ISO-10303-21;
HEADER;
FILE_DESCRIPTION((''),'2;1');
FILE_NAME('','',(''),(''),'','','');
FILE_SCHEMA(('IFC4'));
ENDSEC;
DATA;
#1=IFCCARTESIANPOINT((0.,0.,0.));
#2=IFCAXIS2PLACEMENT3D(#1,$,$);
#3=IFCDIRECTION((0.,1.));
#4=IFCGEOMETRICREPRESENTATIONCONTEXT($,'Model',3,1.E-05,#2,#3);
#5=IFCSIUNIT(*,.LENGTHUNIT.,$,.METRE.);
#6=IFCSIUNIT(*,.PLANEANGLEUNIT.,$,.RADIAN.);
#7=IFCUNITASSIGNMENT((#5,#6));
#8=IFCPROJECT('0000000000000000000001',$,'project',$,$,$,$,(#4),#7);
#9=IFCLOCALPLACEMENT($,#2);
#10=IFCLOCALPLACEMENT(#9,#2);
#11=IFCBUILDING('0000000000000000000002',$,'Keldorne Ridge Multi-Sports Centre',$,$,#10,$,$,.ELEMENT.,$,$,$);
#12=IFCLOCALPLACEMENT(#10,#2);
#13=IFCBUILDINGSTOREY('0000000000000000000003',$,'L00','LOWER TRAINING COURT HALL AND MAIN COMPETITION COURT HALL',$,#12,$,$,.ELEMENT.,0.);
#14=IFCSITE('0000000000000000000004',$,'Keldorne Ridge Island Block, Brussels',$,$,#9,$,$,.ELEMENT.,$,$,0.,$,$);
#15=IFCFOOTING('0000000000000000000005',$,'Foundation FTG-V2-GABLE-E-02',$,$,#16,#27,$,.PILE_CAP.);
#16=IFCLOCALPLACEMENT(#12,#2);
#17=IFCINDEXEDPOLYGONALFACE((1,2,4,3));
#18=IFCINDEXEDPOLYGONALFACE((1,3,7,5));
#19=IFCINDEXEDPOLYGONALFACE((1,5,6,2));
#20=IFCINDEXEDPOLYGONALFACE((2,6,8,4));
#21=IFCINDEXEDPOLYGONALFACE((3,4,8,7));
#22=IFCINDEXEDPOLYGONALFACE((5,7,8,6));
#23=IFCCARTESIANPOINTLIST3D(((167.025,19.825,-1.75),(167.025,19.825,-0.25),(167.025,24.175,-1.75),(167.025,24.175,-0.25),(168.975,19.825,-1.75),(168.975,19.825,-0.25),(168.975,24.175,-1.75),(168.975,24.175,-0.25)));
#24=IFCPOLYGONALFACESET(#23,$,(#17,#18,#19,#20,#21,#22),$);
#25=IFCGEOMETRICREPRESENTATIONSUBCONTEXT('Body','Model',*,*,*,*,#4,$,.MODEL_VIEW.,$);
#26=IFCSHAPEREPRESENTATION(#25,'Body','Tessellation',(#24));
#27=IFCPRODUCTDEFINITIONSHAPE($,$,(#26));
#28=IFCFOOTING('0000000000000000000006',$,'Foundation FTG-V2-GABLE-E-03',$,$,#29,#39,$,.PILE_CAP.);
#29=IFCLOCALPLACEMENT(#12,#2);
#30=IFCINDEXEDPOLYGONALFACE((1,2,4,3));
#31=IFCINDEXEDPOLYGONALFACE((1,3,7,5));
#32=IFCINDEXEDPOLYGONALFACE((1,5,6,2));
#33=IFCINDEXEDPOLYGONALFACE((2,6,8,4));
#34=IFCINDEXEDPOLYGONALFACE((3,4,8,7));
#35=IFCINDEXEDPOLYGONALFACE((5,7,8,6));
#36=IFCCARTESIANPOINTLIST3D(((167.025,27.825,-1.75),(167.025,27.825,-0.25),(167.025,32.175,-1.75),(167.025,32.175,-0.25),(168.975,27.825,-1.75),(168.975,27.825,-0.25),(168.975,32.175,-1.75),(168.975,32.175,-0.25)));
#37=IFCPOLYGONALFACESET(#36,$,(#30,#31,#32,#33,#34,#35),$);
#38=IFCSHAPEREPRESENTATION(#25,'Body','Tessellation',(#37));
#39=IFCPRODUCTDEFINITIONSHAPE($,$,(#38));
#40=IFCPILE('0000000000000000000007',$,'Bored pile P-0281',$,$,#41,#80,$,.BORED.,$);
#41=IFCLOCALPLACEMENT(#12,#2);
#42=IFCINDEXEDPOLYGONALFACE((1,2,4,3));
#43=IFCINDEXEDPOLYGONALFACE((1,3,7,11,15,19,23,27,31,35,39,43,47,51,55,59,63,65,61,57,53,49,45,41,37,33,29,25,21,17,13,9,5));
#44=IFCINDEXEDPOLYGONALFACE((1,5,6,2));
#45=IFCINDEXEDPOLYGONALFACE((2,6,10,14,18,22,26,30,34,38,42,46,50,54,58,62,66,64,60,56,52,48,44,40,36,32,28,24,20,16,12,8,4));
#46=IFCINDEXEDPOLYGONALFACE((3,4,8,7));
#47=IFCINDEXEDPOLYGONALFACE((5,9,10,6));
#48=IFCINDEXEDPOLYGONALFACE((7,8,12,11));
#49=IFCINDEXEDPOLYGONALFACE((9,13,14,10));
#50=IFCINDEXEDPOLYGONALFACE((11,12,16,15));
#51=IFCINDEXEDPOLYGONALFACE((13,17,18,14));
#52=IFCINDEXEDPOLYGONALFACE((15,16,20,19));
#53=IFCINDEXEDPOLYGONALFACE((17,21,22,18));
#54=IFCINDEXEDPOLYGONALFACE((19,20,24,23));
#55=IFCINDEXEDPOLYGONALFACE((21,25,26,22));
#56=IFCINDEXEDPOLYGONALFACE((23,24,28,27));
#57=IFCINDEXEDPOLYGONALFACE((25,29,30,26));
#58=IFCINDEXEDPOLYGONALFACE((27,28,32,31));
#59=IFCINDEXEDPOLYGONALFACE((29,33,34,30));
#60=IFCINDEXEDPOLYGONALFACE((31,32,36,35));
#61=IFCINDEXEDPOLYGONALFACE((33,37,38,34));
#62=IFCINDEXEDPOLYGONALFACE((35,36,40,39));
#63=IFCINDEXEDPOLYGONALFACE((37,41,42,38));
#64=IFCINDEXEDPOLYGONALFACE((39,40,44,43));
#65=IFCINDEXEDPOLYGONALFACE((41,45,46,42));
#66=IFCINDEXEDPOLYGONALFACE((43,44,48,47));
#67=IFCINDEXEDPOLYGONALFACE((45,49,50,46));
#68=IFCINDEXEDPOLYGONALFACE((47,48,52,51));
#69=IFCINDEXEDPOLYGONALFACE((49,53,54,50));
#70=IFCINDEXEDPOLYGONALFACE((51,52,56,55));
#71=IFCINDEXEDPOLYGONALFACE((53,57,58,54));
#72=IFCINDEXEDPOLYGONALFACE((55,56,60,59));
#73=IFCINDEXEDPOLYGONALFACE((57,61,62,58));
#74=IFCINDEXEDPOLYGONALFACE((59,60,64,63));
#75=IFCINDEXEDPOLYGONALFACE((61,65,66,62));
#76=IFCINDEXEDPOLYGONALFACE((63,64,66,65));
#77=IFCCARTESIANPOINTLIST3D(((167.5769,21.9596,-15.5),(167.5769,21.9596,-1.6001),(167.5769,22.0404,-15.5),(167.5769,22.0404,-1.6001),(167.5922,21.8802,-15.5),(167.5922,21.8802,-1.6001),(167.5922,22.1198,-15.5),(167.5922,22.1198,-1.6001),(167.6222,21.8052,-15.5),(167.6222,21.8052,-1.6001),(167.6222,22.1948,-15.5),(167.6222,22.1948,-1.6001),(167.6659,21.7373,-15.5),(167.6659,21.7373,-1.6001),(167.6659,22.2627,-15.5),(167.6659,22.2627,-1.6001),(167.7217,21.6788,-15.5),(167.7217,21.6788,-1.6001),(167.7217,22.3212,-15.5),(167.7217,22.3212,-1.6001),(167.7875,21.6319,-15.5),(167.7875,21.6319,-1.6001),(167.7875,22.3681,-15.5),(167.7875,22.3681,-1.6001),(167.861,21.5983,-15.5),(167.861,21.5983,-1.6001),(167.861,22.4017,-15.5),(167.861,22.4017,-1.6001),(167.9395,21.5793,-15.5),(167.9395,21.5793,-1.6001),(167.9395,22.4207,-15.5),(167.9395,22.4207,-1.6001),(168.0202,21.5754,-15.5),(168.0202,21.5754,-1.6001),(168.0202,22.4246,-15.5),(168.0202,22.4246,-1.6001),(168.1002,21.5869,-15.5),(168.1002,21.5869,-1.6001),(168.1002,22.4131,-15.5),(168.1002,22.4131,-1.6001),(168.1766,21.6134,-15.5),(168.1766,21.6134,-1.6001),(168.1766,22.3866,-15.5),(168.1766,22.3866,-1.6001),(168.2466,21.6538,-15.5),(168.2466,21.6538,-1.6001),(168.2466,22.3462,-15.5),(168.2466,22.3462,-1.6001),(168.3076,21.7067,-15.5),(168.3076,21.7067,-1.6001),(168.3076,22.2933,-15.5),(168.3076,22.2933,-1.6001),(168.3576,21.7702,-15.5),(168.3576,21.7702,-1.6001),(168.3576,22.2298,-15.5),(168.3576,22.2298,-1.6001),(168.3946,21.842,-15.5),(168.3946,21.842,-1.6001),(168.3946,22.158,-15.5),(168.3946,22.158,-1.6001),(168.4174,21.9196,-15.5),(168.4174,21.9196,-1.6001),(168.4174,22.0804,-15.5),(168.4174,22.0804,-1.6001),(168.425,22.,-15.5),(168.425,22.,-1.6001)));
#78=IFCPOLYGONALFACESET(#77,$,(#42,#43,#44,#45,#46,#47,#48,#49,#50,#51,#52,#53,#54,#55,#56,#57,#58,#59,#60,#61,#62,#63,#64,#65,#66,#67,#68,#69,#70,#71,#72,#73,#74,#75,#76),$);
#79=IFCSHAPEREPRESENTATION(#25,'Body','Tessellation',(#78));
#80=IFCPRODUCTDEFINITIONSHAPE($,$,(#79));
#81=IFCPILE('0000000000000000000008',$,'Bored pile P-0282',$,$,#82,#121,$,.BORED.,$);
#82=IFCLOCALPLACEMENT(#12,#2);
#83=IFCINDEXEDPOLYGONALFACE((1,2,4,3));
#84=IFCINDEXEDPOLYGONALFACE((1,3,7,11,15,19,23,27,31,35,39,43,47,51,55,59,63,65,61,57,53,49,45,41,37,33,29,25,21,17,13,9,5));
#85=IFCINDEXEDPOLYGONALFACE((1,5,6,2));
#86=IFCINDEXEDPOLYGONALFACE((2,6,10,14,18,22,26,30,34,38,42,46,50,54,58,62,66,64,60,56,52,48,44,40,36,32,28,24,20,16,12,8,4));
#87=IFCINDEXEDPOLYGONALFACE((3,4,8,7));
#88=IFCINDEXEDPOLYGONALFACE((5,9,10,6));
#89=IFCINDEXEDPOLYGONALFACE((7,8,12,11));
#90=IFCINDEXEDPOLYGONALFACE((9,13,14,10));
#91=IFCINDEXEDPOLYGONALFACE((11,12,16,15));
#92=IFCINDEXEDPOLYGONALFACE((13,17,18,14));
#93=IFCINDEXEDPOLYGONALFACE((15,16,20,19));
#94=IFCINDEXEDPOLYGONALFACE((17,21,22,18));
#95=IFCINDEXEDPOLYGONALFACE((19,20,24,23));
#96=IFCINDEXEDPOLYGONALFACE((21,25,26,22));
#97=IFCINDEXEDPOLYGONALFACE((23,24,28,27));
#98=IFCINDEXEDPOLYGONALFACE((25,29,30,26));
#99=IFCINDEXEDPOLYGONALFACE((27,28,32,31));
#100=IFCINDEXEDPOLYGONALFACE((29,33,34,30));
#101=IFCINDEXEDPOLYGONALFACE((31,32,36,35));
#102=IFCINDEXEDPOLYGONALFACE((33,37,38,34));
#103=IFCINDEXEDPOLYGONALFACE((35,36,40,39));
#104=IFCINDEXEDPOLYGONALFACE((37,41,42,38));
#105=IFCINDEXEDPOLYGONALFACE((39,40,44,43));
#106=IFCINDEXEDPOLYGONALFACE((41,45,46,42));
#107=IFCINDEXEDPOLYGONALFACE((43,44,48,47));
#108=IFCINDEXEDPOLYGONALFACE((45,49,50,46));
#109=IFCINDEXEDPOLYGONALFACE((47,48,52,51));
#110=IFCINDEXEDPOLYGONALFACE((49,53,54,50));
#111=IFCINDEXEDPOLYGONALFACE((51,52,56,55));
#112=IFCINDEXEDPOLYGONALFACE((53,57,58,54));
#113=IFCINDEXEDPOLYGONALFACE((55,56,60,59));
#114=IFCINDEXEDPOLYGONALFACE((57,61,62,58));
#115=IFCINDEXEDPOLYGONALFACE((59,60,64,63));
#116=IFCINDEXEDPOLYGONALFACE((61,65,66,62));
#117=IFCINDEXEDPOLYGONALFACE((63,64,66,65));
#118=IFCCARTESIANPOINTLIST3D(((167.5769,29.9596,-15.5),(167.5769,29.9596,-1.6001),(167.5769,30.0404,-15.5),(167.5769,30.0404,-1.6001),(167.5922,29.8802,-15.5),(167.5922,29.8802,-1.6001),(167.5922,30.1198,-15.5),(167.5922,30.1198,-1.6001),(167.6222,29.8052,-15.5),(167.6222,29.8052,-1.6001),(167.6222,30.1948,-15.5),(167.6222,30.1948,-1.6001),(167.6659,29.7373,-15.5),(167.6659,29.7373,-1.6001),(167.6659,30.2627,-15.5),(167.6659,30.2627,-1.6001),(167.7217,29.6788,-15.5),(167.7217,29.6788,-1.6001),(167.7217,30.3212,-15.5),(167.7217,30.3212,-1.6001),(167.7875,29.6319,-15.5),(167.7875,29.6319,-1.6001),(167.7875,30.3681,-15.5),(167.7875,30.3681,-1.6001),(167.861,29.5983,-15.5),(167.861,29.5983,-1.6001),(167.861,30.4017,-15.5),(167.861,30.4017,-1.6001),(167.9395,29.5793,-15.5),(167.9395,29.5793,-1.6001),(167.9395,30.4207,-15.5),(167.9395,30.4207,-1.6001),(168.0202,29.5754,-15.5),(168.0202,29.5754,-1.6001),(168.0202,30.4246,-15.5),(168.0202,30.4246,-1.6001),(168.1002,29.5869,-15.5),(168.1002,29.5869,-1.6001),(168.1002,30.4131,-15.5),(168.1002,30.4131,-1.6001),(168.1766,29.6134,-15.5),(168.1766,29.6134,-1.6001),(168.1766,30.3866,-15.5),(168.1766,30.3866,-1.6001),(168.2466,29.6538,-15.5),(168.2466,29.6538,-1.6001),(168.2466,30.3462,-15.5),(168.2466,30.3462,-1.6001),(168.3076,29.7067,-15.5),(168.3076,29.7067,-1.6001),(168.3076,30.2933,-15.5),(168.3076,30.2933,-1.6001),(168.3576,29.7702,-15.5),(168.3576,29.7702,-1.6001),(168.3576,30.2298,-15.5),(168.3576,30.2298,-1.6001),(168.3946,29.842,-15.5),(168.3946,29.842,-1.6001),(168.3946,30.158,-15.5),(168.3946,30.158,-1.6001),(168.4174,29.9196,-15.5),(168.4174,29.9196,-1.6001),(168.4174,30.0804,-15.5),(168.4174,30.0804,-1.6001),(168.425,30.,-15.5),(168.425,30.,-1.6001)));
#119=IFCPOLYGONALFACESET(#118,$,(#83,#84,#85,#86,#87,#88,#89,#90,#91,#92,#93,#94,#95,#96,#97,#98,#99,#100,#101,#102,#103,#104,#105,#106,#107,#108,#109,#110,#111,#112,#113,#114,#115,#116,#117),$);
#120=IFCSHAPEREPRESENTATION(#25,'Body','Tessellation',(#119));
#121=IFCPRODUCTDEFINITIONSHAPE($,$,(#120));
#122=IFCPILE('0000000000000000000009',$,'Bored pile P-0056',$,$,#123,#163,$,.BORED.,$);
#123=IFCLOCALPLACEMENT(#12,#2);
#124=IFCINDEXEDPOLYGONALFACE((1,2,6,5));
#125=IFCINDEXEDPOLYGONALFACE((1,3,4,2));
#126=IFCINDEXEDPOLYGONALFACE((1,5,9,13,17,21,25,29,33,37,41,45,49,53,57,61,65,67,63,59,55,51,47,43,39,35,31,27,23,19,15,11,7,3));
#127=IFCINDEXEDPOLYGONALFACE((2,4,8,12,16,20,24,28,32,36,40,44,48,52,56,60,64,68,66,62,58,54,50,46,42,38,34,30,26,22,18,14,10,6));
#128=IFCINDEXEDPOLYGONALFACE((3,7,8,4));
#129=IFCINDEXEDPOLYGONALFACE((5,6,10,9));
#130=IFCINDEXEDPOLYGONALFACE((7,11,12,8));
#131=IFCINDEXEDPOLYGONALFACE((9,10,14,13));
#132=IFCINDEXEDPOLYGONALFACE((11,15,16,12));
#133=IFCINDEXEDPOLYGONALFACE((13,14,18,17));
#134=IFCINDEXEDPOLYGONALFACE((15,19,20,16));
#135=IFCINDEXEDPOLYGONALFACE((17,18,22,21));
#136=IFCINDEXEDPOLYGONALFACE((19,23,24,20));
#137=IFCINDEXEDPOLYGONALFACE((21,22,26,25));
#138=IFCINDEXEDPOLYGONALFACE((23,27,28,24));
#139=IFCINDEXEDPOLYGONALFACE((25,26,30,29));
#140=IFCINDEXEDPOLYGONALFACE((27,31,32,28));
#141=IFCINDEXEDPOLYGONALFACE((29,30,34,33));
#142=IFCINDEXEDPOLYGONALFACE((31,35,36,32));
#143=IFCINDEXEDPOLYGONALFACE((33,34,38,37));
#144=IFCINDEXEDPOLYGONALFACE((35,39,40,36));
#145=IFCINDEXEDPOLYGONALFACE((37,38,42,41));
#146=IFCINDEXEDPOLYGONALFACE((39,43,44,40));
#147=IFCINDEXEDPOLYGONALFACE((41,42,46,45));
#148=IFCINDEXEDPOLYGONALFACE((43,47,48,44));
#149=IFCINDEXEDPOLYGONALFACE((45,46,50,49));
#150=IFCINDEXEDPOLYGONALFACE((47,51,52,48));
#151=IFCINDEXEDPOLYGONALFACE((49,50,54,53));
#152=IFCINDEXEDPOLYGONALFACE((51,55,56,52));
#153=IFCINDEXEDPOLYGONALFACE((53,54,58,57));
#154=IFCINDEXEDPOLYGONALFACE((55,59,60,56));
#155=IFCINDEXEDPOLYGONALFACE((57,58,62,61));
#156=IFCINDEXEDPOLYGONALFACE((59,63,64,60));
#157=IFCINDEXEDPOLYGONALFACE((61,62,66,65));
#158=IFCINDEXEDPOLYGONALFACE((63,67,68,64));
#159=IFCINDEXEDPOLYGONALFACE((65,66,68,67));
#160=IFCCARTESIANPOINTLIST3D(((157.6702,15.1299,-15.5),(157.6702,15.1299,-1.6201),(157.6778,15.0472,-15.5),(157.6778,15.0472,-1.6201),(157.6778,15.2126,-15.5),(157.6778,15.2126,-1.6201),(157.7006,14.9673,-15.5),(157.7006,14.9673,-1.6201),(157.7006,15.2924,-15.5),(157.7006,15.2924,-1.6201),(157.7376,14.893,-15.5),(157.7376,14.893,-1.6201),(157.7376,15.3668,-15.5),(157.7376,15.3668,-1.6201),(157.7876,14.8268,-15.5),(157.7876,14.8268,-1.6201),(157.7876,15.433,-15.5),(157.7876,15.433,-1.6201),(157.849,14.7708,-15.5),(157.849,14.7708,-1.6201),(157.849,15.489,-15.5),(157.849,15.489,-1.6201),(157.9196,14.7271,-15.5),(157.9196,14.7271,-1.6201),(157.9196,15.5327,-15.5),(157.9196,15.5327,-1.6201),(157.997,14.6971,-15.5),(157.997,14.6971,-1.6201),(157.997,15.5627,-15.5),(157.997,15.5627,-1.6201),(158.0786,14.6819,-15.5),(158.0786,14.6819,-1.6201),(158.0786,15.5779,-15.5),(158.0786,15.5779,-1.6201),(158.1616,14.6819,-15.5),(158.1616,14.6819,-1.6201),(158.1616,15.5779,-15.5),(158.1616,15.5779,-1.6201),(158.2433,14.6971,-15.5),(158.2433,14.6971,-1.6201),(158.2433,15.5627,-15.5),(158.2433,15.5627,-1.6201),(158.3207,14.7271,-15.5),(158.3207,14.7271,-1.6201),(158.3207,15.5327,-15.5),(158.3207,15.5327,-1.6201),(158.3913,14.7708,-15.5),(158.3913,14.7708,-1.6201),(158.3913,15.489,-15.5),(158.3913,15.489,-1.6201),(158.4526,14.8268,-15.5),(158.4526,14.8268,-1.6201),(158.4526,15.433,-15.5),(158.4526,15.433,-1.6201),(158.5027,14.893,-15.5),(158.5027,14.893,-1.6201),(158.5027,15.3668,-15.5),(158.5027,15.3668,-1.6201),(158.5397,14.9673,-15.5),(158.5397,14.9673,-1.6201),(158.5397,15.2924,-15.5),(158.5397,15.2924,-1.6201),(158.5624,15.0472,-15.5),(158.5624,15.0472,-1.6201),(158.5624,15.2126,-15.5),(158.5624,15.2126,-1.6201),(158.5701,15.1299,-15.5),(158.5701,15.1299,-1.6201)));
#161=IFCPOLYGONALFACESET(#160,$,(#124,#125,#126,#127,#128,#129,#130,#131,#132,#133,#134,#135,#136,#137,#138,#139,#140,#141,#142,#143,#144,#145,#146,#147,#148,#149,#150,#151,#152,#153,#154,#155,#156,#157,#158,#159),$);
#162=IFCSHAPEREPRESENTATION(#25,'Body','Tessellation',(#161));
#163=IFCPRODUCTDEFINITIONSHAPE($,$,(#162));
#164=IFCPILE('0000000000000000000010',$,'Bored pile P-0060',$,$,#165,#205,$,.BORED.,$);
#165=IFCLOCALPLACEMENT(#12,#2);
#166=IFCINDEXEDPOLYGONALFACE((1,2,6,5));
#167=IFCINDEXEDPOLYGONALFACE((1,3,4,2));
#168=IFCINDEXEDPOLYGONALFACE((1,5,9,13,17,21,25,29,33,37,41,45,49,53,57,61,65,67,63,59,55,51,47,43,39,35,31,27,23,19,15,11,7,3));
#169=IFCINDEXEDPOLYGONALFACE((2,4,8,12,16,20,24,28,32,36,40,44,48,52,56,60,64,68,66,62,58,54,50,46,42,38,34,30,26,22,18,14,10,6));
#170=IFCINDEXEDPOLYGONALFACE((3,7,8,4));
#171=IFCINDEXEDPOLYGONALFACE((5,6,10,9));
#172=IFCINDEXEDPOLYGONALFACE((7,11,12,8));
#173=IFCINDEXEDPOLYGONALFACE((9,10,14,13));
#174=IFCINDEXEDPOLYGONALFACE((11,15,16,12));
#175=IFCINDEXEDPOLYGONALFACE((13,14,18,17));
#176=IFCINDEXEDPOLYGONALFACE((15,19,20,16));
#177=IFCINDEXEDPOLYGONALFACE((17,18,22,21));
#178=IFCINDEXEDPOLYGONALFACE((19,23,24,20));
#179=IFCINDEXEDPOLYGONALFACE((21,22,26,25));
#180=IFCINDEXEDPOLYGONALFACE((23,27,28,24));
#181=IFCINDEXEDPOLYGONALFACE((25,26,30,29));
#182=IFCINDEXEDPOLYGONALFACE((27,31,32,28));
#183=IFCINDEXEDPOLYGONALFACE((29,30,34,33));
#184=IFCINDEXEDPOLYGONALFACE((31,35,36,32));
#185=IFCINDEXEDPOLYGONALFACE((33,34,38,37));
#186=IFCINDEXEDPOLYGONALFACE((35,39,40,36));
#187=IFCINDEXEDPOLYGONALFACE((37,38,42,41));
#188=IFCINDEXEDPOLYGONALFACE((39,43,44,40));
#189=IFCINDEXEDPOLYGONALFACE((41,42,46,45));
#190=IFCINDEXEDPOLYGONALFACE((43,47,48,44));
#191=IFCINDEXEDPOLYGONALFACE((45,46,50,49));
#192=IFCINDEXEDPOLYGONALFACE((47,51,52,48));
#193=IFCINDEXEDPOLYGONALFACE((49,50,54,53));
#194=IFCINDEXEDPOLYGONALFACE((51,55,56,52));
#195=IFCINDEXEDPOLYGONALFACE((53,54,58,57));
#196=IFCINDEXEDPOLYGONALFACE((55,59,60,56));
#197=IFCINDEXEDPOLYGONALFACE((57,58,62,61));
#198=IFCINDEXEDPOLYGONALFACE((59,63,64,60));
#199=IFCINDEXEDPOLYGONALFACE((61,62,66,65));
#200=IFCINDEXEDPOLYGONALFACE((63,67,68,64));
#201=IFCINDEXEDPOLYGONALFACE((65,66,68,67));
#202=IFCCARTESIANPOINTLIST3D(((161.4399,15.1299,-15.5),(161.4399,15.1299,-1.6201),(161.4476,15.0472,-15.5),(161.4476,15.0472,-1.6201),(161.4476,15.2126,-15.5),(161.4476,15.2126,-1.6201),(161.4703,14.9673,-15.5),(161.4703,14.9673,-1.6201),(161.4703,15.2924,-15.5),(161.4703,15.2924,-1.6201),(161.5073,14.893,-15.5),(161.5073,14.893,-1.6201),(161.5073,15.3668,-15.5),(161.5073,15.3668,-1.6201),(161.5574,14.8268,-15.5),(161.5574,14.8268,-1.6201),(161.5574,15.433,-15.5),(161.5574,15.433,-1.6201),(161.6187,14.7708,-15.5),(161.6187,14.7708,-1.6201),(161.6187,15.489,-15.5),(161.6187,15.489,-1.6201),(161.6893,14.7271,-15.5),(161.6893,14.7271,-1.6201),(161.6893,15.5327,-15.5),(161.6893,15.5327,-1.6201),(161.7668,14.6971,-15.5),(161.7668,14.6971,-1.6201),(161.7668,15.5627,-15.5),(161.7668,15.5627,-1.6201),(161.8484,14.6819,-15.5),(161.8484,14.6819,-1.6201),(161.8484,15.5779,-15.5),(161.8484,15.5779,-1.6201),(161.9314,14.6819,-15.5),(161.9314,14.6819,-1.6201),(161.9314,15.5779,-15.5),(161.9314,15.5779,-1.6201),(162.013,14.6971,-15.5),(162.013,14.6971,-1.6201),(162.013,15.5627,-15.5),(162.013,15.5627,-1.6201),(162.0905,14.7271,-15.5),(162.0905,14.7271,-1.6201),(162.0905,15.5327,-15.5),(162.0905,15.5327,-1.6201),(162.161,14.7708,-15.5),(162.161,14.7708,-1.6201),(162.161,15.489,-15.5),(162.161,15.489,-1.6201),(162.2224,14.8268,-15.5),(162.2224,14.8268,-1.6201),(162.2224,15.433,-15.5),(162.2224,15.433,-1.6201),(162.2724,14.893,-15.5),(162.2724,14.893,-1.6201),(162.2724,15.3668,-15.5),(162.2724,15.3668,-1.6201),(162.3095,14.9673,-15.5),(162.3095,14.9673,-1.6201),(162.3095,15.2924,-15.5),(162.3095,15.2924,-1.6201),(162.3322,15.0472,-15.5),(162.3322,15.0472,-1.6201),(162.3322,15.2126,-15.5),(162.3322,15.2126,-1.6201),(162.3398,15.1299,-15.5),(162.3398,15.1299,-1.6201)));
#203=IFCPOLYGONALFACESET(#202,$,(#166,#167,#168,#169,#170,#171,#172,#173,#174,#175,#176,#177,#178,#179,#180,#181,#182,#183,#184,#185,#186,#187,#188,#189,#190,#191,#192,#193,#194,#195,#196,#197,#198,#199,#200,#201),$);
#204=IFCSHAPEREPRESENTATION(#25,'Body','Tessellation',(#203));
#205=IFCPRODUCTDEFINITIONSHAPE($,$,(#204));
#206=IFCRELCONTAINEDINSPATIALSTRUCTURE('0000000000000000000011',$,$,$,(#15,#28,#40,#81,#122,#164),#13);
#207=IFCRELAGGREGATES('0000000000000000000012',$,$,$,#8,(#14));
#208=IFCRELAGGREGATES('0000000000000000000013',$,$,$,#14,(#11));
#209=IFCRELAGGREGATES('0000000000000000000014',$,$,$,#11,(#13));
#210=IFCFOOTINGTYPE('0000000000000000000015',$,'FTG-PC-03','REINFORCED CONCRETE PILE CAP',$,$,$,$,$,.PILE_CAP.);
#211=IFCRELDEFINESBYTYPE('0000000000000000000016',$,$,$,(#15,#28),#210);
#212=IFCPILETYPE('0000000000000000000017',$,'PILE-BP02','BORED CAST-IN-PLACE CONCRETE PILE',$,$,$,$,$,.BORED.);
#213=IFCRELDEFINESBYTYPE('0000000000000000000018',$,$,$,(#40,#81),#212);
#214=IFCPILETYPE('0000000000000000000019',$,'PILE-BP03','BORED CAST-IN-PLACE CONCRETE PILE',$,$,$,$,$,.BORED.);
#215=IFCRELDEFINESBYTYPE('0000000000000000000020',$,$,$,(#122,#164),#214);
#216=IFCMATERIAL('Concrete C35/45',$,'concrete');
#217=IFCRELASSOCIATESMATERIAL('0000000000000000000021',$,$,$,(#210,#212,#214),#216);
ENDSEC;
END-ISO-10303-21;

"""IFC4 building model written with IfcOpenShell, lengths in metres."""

from ifc_helpers import new_model, si_unit, direction, frame, origin, origin_2d, place, context, subcontext, project, spatial, rectangle, circle, extrude, material, material_profile, profile_set, type_object, element, save


model = new_model("IFC4")

# Units and contexts
model_context = context("Model", 3, precision=1e-05, world=origin(), true_north=direction((0.0, 1.0)))
body_context = subcontext(model_context, "Body", "Model", "MODEL_VIEW")
ifc_project = project(units=[si_unit("LENGTHUNIT", "METRE"), si_unit("PLANEANGLEUNIT", "RADIAN")], contexts=[model_context])

# Site, building, storey
site_placement = place(None, origin())
site = spatial("IfcSite", under=ifc_project, at=site_placement, Name="Keldorne Ridge Island Block, Brussels", CompositionType="ELEMENT", RefElevation=0.0)
building_placement = place(site_placement, origin())
building = spatial("IfcBuilding", under=site, at=building_placement, Name="Keldorne Ridge Multi-Sports Centre", CompositionType="ELEMENT")
storey_placement = place(building_placement, origin())
storey = spatial("IfcBuildingStorey", under=building, at=storey_placement, Name="L00", Description="LOWER TRAINING COURT HALL AND MAIN COMPETITION COURT HALL", CompositionType="ELEMENT", Elevation=0.0)

# Footings
ifc_material_1 = material(Name="Concrete C35/45", Category="concrete")
footing_type = type_object("IfcFootingType", Name="FTG-PC-03", Description="REINFORCED CONCRETE PILE CAP", PredefinedType="PILE_CAP", material=ifc_material_1)
for number, where, z_axis, x_axis, name in (
    (1, (168.0, 22.0, -1.75), (0.0, 0.0, 1.0), (1.0, 0.0, 0.0), "Foundation FTG-V2-GABLE-E-02"),
    (2, (168.0, 30.0, -1.75), (0.0, 0.0, 1.0), (1.0, 0.0, 0.0), "Foundation FTG-V2-GABLE-E-03"),
):
    element("IfcFooting", number, at=place(storey_placement, frame(where, z_axis=z_axis, x_axis=x_axis)), inside=storey, type_object=footing_type, Name=name, PredefinedType="PILE_CAP", context=body_context, shape_type="SweptSolid", body=[
        extrude(rectangle(XDim=1.95, YDim=4.3501, at=origin_2d()), origin(), (0.0, 0.0, 1.0), 1.5),
    ])

# Piles
ifc_material_profile_1 = material_profile(ifc_material_1, circle(Radius=0.425, at=origin_2d()), Name="BORED PILE D850")
ifc_profile_set_1 = profile_set([ifc_material_profile_1], Name="Concrete C35/45")
pile_type_1 = type_object("IfcPileType", Name="PILE-BP02", Description="BORED CAST-IN-PLACE CONCRETE PILE", PredefinedType="BORED", material=ifc_profile_set_1)
for number, where, z_axis, x_axis, name in (
    (3, (168.0, 22.0, -1.6001), (0.0, 0.0, -1.0), (1.0, 0.0, 0.0), "Bored pile P-0281"),
    (4, (168.0, 30.0, -1.6001), (0.0, 0.0, -1.0), (1.0, 0.0, 0.0), "Bored pile P-0282"),
):
    element("IfcPile", number, at=place(storey_placement, frame(where, z_axis=z_axis, x_axis=x_axis)), inside=storey, type_object=pile_type_1, Name=name, PredefinedType="BORED", context=body_context, shape_type="SweptSolid", body=[
        extrude(circle(Radius=0.425, at=origin_2d()), origin(), (0.0, 0.0, 1.0), 13.8999),
    ])
ifc_material_profile_2 = material_profile(ifc_material_1, circle(Radius=0.45, at=origin_2d()), Name="BORED PILE D900")
ifc_profile_set_2 = profile_set([ifc_material_profile_2], Name="Concrete C35/45")
pile_type_2 = type_object("IfcPileType", Name="PILE-BP03", Description="BORED CAST-IN-PLACE CONCRETE PILE", PredefinedType="BORED", material=ifc_profile_set_2)
for number, where, z_axis, x_axis, name in (
    (5, (158.1201, 15.1299, -1.6201), (0.0, 0.0, -1.0), (1.0, 0.0, 0.0), "Bored pile P-0056"),
    (6, (161.8899, 15.1299, -1.6201), (0.0, 0.0, -1.0), (1.0, 0.0, 0.0), "Bored pile P-0060"),
):
    element("IfcPile", number, at=place(storey_placement, frame(where, z_axis=z_axis, x_axis=x_axis)), inside=storey, type_object=pile_type_2, Name=name, PredefinedType="BORED", context=body_context, shape_type="SweptSolid", body=[
        extrude(circle(Radius=0.45, at=origin_2d()), origin(), (0.0, 0.0, 1.0), 13.8799),
    ])

save(model, "model.ifc")
